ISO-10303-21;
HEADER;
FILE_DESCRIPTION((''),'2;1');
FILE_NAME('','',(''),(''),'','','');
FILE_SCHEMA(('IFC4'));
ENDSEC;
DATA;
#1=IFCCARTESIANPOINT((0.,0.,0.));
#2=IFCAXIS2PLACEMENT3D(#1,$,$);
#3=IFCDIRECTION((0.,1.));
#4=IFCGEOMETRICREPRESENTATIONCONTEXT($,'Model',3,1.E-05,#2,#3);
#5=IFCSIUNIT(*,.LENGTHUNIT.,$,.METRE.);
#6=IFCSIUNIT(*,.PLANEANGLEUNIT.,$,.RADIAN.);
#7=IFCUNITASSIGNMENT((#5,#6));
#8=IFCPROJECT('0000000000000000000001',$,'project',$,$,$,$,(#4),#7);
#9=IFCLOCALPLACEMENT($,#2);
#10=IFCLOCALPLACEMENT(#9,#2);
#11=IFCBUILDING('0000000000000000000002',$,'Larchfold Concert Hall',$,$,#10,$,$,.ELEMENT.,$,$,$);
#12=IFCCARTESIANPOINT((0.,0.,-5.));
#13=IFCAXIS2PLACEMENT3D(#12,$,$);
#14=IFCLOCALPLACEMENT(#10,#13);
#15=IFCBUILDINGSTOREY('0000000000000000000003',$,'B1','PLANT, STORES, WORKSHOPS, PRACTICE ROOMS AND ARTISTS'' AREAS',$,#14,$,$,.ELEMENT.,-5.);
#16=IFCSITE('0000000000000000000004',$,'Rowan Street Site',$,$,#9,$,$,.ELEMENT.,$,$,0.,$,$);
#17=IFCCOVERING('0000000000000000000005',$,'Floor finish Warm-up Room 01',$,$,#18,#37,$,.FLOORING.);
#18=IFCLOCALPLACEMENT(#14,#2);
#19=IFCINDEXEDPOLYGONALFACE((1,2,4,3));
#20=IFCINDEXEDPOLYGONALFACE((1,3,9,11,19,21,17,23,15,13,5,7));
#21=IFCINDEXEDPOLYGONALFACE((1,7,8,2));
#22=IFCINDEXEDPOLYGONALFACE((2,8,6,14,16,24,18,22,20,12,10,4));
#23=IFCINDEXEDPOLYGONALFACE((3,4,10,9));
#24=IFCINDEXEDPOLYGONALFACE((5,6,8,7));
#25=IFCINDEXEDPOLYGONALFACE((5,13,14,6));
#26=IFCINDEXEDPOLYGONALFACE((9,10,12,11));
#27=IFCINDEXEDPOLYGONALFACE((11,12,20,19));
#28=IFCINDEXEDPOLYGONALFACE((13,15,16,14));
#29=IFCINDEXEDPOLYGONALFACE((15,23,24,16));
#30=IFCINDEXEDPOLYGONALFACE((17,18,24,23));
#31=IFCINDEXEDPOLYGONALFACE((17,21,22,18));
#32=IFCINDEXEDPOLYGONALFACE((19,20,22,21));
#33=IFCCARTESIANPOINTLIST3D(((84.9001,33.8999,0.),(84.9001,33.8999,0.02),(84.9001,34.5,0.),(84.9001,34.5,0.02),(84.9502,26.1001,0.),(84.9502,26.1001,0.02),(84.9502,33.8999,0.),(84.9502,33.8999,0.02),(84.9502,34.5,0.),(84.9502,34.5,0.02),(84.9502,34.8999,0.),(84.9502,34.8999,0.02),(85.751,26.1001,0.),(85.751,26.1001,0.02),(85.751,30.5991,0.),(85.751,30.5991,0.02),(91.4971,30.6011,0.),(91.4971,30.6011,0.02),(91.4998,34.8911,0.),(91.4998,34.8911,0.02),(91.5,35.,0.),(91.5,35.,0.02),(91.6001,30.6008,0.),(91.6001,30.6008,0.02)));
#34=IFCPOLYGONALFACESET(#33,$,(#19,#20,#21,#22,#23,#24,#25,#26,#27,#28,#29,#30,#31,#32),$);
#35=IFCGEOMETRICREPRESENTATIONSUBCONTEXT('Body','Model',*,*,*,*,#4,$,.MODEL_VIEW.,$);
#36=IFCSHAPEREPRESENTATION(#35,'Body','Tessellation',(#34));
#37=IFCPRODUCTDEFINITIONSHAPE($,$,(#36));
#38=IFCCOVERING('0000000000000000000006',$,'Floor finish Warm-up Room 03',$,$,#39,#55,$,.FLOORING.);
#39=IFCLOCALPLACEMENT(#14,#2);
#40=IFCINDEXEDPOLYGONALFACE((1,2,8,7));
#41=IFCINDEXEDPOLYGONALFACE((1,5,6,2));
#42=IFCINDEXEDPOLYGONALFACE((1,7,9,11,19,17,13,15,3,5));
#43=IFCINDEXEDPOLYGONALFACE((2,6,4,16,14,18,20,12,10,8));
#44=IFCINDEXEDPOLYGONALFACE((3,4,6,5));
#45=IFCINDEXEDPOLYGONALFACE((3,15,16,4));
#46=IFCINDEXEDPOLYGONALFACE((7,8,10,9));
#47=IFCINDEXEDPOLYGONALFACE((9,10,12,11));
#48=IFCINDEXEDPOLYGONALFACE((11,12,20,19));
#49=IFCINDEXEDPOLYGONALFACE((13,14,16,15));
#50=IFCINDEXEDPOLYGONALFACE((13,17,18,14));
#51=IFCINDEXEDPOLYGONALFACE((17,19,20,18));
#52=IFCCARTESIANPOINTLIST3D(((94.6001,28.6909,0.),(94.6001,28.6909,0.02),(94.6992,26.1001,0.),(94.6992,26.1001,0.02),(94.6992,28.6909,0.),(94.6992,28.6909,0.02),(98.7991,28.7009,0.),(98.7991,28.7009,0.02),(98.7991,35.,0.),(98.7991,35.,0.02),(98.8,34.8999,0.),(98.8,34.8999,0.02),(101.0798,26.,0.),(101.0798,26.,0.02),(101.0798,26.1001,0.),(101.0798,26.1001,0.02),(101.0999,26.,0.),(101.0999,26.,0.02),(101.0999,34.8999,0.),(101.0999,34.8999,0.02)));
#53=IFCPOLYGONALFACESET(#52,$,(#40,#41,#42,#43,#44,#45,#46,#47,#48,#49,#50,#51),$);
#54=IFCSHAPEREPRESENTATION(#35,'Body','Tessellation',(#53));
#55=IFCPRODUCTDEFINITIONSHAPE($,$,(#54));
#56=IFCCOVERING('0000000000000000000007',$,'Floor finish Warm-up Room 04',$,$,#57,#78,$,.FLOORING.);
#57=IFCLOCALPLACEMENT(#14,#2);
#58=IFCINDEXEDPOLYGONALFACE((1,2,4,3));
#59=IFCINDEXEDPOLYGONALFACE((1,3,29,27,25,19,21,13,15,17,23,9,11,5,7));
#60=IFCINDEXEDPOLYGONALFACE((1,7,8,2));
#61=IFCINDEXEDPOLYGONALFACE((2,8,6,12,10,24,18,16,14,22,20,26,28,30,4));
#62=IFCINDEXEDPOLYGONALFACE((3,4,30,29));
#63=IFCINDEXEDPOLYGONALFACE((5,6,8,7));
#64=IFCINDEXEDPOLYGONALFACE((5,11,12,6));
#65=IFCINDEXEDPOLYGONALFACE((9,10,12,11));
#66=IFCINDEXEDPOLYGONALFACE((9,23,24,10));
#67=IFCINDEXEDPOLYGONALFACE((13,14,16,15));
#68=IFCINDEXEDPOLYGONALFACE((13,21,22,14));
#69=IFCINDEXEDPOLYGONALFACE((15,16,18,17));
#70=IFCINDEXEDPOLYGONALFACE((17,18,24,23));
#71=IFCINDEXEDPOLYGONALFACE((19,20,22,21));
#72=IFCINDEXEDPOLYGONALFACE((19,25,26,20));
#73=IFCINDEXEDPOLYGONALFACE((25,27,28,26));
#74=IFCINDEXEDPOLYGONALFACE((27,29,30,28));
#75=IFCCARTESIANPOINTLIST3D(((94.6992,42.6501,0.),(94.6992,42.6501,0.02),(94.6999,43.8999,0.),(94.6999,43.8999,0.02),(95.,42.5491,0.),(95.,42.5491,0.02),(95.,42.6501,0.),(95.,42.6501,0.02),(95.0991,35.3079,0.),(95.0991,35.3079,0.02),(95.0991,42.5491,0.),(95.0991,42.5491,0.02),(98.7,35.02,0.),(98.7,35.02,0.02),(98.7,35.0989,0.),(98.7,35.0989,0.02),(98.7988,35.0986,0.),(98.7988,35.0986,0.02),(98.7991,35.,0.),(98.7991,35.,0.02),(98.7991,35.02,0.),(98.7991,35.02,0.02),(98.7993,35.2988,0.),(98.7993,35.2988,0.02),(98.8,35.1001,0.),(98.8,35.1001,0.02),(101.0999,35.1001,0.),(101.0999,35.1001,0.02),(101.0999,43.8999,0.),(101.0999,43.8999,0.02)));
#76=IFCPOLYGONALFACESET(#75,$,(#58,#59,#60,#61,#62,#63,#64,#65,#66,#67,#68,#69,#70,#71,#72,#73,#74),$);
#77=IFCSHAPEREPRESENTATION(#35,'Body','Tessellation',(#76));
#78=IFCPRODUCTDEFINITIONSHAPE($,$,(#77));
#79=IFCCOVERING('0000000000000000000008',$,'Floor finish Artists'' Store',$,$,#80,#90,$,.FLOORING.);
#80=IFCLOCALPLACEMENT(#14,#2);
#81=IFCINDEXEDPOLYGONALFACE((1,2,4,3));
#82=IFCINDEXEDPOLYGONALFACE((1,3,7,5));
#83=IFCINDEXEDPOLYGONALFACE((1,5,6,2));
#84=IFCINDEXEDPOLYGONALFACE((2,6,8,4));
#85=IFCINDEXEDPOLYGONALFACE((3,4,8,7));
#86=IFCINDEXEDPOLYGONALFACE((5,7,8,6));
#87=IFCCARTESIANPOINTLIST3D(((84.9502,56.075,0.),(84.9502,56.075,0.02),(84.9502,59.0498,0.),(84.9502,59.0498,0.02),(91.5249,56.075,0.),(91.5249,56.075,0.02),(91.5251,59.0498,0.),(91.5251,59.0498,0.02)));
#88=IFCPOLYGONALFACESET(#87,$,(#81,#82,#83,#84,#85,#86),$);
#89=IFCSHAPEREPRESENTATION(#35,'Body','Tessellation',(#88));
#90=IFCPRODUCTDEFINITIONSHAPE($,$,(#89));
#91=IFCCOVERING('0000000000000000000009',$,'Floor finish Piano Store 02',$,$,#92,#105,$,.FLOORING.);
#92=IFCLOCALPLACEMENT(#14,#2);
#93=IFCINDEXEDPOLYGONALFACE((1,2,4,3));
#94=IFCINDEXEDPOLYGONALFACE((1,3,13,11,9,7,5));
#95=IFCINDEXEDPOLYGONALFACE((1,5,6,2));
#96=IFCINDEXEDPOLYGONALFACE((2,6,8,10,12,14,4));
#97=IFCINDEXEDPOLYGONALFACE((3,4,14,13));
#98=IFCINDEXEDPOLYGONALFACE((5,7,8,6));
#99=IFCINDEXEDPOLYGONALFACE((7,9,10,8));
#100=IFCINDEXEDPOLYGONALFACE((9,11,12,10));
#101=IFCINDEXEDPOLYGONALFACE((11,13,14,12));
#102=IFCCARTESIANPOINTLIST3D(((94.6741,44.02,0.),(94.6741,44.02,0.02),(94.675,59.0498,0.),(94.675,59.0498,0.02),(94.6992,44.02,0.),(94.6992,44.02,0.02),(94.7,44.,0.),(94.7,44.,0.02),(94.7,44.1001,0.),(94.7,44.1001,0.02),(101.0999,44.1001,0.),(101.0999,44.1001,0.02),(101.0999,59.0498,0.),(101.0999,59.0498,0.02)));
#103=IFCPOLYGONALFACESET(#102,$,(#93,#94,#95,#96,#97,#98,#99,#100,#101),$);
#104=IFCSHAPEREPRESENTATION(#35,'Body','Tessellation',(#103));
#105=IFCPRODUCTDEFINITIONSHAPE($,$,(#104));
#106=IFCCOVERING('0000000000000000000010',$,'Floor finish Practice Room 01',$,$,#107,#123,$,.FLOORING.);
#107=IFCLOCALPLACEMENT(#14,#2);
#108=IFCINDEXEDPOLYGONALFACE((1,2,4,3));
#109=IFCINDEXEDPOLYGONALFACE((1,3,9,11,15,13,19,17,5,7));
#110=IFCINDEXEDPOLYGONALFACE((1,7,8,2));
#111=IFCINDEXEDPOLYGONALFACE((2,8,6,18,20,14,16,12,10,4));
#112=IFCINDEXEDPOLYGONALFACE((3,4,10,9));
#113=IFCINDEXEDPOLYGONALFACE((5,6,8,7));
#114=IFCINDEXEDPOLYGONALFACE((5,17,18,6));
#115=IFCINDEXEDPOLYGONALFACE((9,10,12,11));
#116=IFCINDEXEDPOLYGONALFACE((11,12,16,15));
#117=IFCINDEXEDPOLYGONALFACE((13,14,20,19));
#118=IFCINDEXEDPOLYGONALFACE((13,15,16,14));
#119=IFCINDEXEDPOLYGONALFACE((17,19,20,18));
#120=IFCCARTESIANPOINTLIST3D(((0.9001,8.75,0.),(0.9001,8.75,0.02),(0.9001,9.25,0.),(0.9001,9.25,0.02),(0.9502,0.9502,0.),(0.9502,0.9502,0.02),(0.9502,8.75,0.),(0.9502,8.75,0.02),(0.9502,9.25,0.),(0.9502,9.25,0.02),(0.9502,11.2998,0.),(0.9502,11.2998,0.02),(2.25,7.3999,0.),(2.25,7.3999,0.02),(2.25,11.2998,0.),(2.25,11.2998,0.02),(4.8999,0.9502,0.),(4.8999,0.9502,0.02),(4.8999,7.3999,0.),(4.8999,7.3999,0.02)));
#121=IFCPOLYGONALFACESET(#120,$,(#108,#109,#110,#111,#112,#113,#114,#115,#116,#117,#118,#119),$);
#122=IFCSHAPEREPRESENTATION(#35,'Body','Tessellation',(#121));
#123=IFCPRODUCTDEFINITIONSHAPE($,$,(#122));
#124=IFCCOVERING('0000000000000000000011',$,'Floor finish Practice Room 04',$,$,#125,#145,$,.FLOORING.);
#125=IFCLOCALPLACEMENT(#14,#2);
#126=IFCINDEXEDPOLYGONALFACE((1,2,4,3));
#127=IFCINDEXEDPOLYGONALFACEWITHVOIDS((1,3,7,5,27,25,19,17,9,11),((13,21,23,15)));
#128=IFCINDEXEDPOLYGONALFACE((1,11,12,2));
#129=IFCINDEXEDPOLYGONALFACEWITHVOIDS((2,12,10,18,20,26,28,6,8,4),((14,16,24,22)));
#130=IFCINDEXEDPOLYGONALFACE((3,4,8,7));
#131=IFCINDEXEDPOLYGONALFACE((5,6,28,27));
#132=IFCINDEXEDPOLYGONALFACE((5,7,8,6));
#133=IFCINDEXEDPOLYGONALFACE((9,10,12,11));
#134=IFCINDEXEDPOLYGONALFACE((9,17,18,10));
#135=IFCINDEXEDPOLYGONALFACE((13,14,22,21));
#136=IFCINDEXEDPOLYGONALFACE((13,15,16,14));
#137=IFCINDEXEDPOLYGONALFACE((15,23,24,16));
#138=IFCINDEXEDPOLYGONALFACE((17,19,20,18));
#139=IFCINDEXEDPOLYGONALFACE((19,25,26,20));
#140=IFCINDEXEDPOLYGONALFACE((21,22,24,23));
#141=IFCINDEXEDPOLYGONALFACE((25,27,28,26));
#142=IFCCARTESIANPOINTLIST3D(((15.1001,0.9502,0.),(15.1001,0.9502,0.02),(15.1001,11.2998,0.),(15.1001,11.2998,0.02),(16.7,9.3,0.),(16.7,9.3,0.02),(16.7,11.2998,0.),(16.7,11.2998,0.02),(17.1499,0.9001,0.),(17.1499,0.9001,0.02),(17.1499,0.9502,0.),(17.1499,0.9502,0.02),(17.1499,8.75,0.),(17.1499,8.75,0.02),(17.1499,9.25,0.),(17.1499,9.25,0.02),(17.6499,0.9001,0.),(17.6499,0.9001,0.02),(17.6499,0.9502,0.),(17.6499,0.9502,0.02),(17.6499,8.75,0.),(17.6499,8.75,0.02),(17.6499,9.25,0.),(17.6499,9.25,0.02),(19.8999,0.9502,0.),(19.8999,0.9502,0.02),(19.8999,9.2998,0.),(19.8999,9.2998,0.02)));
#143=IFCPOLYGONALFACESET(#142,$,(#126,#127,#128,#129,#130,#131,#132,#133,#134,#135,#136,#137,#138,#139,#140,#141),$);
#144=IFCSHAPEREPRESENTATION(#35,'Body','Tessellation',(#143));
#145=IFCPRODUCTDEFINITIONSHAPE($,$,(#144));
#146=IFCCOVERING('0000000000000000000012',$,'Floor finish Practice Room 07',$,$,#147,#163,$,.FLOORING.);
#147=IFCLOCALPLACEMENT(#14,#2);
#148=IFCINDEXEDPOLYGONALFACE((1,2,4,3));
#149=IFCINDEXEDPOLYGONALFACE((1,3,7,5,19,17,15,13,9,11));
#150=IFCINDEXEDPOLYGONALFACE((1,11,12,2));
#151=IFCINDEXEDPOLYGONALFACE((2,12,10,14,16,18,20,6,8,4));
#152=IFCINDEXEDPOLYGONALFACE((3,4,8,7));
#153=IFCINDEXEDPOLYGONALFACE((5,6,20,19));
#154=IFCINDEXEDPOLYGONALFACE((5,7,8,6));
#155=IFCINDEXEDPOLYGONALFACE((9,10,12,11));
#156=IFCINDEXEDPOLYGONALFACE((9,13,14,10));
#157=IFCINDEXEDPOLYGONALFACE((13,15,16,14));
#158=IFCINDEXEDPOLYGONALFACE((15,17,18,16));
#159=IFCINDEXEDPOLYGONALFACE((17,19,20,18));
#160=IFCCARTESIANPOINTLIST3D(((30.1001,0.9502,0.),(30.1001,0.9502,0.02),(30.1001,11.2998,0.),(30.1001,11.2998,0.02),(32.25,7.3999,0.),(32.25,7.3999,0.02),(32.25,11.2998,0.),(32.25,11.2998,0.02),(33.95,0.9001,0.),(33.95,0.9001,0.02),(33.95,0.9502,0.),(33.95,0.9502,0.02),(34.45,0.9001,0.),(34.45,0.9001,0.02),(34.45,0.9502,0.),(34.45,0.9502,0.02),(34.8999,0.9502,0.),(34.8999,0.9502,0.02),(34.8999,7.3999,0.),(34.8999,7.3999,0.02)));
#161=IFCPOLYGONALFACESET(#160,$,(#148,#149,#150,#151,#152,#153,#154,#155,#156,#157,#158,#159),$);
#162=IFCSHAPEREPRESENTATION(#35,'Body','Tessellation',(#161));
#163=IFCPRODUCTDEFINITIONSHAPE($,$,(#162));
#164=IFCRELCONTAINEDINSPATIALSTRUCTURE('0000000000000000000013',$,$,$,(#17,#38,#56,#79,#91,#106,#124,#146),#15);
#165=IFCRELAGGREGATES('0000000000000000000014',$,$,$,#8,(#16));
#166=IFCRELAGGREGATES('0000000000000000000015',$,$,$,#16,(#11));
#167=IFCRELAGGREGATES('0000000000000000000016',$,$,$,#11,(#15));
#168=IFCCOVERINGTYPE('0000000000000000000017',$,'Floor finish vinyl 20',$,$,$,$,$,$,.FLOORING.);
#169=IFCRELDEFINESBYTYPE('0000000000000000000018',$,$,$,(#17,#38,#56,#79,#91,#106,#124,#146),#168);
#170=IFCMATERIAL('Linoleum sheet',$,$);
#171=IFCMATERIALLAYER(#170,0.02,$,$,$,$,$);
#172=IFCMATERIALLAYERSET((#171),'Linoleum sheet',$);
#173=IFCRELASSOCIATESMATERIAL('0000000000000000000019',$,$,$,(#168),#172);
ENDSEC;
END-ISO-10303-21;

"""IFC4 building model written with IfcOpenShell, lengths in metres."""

from ifc_helpers import new_model, si_unit, direction, frame, origin, place, context, subcontext, project, spatial, polyline, outline, extrude, material, layer, layer_set, type_object, element, save


model = new_model("IFC4")

# Units and contexts
model_context = context("Model", 3, precision=1e-05, world=origin(), true_north=direction((0.0, 1.0)))
body_context = subcontext(model_context, "Body", "Model", "MODEL_VIEW")
ifc_project = project(units=[si_unit("LENGTHUNIT", "METRE"), si_unit("PLANEANGLEUNIT", "RADIAN")], contexts=[model_context])

# Site, building, storey
site_placement = place(None, origin())
site = spatial("IfcSite", under=ifc_project, at=site_placement, Name="Rowan Street Site", CompositionType="ELEMENT", RefElevation=0.0)
building_placement = place(site_placement, origin())
building = spatial("IfcBuilding", under=site, at=building_placement, Name="Larchfold Concert Hall", CompositionType="ELEMENT")
storey_placement = place(building_placement, frame((0.0, 0.0, -5.0)))
storey = spatial("IfcBuildingStorey", under=building, at=storey_placement, Name="B1", Description="PLANT, STORES, WORKSHOPS, PRACTICE ROOMS AND ARTISTS' AREAS", CompositionType="ELEMENT", Elevation=-5.0)

# Coverings
ifc_material_1 = material(Name="Linoleum sheet")
ifc_layer_1 = layer(ifc_material_1, 0.02)
ifc_layer_set_1 = layer_set([ifc_layer_1], Name="Linoleum sheet")
covering_type_1 = type_object("IfcCoveringType", Name="Floor finish vinyl 20", PredefinedType="FLOORING", material=ifc_layer_set_1)
covering_1_placement = place(storey_placement, origin())
element("IfcCovering", 1, at=covering_1_placement, inside=storey, type_object=covering_type_1, Name="Floor finish Warm-up Room 01", PredefinedType="FLOORING", context=body_context, shape_type="SweptSolid", body=[
    extrude(outline(polyline([(84.9502, 26.1001), (85.751, 26.1001), (85.751, 30.5991), (91.6001, 30.6008), (91.4971, 30.6011), (91.5, 35.0), (91.4998, 34.8911), (84.9502, 34.8999), (84.9502, 34.5), (84.9001, 34.5), (84.9001, 33.8999), (84.9502, 33.8999), (84.9502, 26.1001)])), origin(), (0.0, 0.0, 1.0), 0.02),
])
covering_2_placement = place(storey_placement, origin())
element("IfcCovering", 2, at=covering_2_placement, inside=storey, type_object=covering_type_1, Name="Floor finish Warm-up Room 03", PredefinedType="FLOORING", context=body_context, shape_type="SweptSolid", body=[
    extrude(outline(polyline([(94.6001, 28.6909), (94.6992, 28.6909), (94.6992, 26.1001), (101.0798, 26.1001), (101.0798, 26.0), (101.0999, 26.0), (101.0999, 34.8999), (98.8, 34.8999), (98.7991, 35.0), (98.7991, 28.7009), (94.6001, 28.6909)])), origin(), (0.0, 0.0, 1.0), 0.02),
])
covering_3_placement = place(storey_placement, origin())
element("IfcCovering", 3, at=covering_3_placement, inside=storey, type_object=covering_type_1, Name="Floor finish Warm-up Room 04", PredefinedType="FLOORING", context=body_context, shape_type="SweptSolid", body=[
    extrude(outline(polyline([(94.7, 43.8999), (94.7, 44.0), (94.6992, 42.6501), (95.0, 42.6501), (95.0, 42.5491), (95.0991, 42.5491), (95.0991, 35.3079), (98.7993, 35.2988), (98.7988, 35.0986), (98.7, 35.0989), (98.7, 35.02), (98.7991, 35.02), (98.7991, 35.0), (98.8, 35.1001), (101.0999, 35.1001), (101.0999, 43.8999), (94.7, 43.8999)])), origin(), (0.0, 0.0, 1.0), 0.02),
])
covering_4_placement = place(storey_placement, origin())
element("IfcCovering", 4, at=covering_4_placement, inside=storey, type_object=covering_type_1, Name="Floor finish Artists' Store", PredefinedType="FLOORING", context=body_context, shape_type="SweptSolid", body=[
    extrude(outline(polyline([(91.5249, 56.0), (91.5251, 59.0498), (84.9502, 59.0498), (84.9502, 56.075), (91.5249, 56.075), (91.5249, 56.0)])), origin(), (0.0, 0.0, 1.0), 0.02),
])
covering_5_placement = place(storey_placement, origin())
element("IfcCovering", 5, at=covering_5_placement, inside=storey, type_object=covering_type_1, Name="Floor finish Piano Store 02", PredefinedType="FLOORING", context=body_context, shape_type="SweptSolid", body=[
    extrude(outline(polyline([(94.7, 44.0), (94.7, 44.1001), (101.0999, 44.1001), (101.0999, 59.0498), (94.675, 59.0498), (94.6741, 44.02), (94.6992, 44.02), (94.7, 44.0)])), origin(), (0.0, 0.0, 1.0), 0.02),
])
covering_6_placement = place(storey_placement, origin())
element("IfcCovering", 6, at=covering_6_placement, inside=storey, type_object=covering_type_1, Name="Floor finish Practice Room 01", PredefinedType="FLOORING", context=body_context, shape_type="SweptSolid", body=[
    extrude(outline(polyline([(0.9502, 9.25), (0.9001, 9.25), (0.9001, 8.75), (0.9502, 8.75), (0.9502, 0.9502), (4.8999, 0.9502), (4.8999, 7.3999), (2.25, 7.3999), (2.25, 11.2998), (0.9502, 11.2998), (0.9502, 9.25)])), origin(), (0.0, 0.0, 1.0), 0.02),
])
covering_7_placement = place(storey_placement, origin())
element("IfcCovering", 7, at=covering_7_placement, inside=storey, type_object=covering_type_1, Name="Floor finish Practice Room 04", PredefinedType="FLOORING", context=body_context, shape_type="SweptSolid", body=[
    extrude(outline(polyline([(16.7, 9.3), (16.7, 11.2998), (15.1001, 11.2998), (15.1001, 0.9502), (17.1499, 0.9502), (17.1499, 0.9001), (17.6499, 0.9001), (17.6499, 0.9502), (19.8999, 0.9502), (19.8999, 9.2998), (16.7, 9.3)]), holes=[polyline([(17.6499, 9.25), (17.6499, 8.75), (17.1499, 8.75), (17.1499, 9.25), (17.6499, 9.25)])]), origin(), (0.0, 0.0, 1.0), 0.02),
])
covering_8_placement = place(storey_placement, origin())
element("IfcCovering", 8, at=covering_8_placement, inside=storey, type_object=covering_type_1, Name="Floor finish Practice Room 07", PredefinedType="FLOORING", context=body_context, shape_type="SweptSolid", body=[
    extrude(outline(polyline([(33.95, 0.9502), (33.95, 0.9001), (34.45, 0.9001), (34.45, 0.9502), (34.8999, 0.9502), (34.8999, 7.3999), (32.25, 7.3999), (32.25, 11.2998), (30.1001, 11.2998), (30.1001, 0.9502), (33.95, 0.9502)])), origin(), (0.0, 0.0, 1.0), 0.02),
])

save(model, "model.ifc")
